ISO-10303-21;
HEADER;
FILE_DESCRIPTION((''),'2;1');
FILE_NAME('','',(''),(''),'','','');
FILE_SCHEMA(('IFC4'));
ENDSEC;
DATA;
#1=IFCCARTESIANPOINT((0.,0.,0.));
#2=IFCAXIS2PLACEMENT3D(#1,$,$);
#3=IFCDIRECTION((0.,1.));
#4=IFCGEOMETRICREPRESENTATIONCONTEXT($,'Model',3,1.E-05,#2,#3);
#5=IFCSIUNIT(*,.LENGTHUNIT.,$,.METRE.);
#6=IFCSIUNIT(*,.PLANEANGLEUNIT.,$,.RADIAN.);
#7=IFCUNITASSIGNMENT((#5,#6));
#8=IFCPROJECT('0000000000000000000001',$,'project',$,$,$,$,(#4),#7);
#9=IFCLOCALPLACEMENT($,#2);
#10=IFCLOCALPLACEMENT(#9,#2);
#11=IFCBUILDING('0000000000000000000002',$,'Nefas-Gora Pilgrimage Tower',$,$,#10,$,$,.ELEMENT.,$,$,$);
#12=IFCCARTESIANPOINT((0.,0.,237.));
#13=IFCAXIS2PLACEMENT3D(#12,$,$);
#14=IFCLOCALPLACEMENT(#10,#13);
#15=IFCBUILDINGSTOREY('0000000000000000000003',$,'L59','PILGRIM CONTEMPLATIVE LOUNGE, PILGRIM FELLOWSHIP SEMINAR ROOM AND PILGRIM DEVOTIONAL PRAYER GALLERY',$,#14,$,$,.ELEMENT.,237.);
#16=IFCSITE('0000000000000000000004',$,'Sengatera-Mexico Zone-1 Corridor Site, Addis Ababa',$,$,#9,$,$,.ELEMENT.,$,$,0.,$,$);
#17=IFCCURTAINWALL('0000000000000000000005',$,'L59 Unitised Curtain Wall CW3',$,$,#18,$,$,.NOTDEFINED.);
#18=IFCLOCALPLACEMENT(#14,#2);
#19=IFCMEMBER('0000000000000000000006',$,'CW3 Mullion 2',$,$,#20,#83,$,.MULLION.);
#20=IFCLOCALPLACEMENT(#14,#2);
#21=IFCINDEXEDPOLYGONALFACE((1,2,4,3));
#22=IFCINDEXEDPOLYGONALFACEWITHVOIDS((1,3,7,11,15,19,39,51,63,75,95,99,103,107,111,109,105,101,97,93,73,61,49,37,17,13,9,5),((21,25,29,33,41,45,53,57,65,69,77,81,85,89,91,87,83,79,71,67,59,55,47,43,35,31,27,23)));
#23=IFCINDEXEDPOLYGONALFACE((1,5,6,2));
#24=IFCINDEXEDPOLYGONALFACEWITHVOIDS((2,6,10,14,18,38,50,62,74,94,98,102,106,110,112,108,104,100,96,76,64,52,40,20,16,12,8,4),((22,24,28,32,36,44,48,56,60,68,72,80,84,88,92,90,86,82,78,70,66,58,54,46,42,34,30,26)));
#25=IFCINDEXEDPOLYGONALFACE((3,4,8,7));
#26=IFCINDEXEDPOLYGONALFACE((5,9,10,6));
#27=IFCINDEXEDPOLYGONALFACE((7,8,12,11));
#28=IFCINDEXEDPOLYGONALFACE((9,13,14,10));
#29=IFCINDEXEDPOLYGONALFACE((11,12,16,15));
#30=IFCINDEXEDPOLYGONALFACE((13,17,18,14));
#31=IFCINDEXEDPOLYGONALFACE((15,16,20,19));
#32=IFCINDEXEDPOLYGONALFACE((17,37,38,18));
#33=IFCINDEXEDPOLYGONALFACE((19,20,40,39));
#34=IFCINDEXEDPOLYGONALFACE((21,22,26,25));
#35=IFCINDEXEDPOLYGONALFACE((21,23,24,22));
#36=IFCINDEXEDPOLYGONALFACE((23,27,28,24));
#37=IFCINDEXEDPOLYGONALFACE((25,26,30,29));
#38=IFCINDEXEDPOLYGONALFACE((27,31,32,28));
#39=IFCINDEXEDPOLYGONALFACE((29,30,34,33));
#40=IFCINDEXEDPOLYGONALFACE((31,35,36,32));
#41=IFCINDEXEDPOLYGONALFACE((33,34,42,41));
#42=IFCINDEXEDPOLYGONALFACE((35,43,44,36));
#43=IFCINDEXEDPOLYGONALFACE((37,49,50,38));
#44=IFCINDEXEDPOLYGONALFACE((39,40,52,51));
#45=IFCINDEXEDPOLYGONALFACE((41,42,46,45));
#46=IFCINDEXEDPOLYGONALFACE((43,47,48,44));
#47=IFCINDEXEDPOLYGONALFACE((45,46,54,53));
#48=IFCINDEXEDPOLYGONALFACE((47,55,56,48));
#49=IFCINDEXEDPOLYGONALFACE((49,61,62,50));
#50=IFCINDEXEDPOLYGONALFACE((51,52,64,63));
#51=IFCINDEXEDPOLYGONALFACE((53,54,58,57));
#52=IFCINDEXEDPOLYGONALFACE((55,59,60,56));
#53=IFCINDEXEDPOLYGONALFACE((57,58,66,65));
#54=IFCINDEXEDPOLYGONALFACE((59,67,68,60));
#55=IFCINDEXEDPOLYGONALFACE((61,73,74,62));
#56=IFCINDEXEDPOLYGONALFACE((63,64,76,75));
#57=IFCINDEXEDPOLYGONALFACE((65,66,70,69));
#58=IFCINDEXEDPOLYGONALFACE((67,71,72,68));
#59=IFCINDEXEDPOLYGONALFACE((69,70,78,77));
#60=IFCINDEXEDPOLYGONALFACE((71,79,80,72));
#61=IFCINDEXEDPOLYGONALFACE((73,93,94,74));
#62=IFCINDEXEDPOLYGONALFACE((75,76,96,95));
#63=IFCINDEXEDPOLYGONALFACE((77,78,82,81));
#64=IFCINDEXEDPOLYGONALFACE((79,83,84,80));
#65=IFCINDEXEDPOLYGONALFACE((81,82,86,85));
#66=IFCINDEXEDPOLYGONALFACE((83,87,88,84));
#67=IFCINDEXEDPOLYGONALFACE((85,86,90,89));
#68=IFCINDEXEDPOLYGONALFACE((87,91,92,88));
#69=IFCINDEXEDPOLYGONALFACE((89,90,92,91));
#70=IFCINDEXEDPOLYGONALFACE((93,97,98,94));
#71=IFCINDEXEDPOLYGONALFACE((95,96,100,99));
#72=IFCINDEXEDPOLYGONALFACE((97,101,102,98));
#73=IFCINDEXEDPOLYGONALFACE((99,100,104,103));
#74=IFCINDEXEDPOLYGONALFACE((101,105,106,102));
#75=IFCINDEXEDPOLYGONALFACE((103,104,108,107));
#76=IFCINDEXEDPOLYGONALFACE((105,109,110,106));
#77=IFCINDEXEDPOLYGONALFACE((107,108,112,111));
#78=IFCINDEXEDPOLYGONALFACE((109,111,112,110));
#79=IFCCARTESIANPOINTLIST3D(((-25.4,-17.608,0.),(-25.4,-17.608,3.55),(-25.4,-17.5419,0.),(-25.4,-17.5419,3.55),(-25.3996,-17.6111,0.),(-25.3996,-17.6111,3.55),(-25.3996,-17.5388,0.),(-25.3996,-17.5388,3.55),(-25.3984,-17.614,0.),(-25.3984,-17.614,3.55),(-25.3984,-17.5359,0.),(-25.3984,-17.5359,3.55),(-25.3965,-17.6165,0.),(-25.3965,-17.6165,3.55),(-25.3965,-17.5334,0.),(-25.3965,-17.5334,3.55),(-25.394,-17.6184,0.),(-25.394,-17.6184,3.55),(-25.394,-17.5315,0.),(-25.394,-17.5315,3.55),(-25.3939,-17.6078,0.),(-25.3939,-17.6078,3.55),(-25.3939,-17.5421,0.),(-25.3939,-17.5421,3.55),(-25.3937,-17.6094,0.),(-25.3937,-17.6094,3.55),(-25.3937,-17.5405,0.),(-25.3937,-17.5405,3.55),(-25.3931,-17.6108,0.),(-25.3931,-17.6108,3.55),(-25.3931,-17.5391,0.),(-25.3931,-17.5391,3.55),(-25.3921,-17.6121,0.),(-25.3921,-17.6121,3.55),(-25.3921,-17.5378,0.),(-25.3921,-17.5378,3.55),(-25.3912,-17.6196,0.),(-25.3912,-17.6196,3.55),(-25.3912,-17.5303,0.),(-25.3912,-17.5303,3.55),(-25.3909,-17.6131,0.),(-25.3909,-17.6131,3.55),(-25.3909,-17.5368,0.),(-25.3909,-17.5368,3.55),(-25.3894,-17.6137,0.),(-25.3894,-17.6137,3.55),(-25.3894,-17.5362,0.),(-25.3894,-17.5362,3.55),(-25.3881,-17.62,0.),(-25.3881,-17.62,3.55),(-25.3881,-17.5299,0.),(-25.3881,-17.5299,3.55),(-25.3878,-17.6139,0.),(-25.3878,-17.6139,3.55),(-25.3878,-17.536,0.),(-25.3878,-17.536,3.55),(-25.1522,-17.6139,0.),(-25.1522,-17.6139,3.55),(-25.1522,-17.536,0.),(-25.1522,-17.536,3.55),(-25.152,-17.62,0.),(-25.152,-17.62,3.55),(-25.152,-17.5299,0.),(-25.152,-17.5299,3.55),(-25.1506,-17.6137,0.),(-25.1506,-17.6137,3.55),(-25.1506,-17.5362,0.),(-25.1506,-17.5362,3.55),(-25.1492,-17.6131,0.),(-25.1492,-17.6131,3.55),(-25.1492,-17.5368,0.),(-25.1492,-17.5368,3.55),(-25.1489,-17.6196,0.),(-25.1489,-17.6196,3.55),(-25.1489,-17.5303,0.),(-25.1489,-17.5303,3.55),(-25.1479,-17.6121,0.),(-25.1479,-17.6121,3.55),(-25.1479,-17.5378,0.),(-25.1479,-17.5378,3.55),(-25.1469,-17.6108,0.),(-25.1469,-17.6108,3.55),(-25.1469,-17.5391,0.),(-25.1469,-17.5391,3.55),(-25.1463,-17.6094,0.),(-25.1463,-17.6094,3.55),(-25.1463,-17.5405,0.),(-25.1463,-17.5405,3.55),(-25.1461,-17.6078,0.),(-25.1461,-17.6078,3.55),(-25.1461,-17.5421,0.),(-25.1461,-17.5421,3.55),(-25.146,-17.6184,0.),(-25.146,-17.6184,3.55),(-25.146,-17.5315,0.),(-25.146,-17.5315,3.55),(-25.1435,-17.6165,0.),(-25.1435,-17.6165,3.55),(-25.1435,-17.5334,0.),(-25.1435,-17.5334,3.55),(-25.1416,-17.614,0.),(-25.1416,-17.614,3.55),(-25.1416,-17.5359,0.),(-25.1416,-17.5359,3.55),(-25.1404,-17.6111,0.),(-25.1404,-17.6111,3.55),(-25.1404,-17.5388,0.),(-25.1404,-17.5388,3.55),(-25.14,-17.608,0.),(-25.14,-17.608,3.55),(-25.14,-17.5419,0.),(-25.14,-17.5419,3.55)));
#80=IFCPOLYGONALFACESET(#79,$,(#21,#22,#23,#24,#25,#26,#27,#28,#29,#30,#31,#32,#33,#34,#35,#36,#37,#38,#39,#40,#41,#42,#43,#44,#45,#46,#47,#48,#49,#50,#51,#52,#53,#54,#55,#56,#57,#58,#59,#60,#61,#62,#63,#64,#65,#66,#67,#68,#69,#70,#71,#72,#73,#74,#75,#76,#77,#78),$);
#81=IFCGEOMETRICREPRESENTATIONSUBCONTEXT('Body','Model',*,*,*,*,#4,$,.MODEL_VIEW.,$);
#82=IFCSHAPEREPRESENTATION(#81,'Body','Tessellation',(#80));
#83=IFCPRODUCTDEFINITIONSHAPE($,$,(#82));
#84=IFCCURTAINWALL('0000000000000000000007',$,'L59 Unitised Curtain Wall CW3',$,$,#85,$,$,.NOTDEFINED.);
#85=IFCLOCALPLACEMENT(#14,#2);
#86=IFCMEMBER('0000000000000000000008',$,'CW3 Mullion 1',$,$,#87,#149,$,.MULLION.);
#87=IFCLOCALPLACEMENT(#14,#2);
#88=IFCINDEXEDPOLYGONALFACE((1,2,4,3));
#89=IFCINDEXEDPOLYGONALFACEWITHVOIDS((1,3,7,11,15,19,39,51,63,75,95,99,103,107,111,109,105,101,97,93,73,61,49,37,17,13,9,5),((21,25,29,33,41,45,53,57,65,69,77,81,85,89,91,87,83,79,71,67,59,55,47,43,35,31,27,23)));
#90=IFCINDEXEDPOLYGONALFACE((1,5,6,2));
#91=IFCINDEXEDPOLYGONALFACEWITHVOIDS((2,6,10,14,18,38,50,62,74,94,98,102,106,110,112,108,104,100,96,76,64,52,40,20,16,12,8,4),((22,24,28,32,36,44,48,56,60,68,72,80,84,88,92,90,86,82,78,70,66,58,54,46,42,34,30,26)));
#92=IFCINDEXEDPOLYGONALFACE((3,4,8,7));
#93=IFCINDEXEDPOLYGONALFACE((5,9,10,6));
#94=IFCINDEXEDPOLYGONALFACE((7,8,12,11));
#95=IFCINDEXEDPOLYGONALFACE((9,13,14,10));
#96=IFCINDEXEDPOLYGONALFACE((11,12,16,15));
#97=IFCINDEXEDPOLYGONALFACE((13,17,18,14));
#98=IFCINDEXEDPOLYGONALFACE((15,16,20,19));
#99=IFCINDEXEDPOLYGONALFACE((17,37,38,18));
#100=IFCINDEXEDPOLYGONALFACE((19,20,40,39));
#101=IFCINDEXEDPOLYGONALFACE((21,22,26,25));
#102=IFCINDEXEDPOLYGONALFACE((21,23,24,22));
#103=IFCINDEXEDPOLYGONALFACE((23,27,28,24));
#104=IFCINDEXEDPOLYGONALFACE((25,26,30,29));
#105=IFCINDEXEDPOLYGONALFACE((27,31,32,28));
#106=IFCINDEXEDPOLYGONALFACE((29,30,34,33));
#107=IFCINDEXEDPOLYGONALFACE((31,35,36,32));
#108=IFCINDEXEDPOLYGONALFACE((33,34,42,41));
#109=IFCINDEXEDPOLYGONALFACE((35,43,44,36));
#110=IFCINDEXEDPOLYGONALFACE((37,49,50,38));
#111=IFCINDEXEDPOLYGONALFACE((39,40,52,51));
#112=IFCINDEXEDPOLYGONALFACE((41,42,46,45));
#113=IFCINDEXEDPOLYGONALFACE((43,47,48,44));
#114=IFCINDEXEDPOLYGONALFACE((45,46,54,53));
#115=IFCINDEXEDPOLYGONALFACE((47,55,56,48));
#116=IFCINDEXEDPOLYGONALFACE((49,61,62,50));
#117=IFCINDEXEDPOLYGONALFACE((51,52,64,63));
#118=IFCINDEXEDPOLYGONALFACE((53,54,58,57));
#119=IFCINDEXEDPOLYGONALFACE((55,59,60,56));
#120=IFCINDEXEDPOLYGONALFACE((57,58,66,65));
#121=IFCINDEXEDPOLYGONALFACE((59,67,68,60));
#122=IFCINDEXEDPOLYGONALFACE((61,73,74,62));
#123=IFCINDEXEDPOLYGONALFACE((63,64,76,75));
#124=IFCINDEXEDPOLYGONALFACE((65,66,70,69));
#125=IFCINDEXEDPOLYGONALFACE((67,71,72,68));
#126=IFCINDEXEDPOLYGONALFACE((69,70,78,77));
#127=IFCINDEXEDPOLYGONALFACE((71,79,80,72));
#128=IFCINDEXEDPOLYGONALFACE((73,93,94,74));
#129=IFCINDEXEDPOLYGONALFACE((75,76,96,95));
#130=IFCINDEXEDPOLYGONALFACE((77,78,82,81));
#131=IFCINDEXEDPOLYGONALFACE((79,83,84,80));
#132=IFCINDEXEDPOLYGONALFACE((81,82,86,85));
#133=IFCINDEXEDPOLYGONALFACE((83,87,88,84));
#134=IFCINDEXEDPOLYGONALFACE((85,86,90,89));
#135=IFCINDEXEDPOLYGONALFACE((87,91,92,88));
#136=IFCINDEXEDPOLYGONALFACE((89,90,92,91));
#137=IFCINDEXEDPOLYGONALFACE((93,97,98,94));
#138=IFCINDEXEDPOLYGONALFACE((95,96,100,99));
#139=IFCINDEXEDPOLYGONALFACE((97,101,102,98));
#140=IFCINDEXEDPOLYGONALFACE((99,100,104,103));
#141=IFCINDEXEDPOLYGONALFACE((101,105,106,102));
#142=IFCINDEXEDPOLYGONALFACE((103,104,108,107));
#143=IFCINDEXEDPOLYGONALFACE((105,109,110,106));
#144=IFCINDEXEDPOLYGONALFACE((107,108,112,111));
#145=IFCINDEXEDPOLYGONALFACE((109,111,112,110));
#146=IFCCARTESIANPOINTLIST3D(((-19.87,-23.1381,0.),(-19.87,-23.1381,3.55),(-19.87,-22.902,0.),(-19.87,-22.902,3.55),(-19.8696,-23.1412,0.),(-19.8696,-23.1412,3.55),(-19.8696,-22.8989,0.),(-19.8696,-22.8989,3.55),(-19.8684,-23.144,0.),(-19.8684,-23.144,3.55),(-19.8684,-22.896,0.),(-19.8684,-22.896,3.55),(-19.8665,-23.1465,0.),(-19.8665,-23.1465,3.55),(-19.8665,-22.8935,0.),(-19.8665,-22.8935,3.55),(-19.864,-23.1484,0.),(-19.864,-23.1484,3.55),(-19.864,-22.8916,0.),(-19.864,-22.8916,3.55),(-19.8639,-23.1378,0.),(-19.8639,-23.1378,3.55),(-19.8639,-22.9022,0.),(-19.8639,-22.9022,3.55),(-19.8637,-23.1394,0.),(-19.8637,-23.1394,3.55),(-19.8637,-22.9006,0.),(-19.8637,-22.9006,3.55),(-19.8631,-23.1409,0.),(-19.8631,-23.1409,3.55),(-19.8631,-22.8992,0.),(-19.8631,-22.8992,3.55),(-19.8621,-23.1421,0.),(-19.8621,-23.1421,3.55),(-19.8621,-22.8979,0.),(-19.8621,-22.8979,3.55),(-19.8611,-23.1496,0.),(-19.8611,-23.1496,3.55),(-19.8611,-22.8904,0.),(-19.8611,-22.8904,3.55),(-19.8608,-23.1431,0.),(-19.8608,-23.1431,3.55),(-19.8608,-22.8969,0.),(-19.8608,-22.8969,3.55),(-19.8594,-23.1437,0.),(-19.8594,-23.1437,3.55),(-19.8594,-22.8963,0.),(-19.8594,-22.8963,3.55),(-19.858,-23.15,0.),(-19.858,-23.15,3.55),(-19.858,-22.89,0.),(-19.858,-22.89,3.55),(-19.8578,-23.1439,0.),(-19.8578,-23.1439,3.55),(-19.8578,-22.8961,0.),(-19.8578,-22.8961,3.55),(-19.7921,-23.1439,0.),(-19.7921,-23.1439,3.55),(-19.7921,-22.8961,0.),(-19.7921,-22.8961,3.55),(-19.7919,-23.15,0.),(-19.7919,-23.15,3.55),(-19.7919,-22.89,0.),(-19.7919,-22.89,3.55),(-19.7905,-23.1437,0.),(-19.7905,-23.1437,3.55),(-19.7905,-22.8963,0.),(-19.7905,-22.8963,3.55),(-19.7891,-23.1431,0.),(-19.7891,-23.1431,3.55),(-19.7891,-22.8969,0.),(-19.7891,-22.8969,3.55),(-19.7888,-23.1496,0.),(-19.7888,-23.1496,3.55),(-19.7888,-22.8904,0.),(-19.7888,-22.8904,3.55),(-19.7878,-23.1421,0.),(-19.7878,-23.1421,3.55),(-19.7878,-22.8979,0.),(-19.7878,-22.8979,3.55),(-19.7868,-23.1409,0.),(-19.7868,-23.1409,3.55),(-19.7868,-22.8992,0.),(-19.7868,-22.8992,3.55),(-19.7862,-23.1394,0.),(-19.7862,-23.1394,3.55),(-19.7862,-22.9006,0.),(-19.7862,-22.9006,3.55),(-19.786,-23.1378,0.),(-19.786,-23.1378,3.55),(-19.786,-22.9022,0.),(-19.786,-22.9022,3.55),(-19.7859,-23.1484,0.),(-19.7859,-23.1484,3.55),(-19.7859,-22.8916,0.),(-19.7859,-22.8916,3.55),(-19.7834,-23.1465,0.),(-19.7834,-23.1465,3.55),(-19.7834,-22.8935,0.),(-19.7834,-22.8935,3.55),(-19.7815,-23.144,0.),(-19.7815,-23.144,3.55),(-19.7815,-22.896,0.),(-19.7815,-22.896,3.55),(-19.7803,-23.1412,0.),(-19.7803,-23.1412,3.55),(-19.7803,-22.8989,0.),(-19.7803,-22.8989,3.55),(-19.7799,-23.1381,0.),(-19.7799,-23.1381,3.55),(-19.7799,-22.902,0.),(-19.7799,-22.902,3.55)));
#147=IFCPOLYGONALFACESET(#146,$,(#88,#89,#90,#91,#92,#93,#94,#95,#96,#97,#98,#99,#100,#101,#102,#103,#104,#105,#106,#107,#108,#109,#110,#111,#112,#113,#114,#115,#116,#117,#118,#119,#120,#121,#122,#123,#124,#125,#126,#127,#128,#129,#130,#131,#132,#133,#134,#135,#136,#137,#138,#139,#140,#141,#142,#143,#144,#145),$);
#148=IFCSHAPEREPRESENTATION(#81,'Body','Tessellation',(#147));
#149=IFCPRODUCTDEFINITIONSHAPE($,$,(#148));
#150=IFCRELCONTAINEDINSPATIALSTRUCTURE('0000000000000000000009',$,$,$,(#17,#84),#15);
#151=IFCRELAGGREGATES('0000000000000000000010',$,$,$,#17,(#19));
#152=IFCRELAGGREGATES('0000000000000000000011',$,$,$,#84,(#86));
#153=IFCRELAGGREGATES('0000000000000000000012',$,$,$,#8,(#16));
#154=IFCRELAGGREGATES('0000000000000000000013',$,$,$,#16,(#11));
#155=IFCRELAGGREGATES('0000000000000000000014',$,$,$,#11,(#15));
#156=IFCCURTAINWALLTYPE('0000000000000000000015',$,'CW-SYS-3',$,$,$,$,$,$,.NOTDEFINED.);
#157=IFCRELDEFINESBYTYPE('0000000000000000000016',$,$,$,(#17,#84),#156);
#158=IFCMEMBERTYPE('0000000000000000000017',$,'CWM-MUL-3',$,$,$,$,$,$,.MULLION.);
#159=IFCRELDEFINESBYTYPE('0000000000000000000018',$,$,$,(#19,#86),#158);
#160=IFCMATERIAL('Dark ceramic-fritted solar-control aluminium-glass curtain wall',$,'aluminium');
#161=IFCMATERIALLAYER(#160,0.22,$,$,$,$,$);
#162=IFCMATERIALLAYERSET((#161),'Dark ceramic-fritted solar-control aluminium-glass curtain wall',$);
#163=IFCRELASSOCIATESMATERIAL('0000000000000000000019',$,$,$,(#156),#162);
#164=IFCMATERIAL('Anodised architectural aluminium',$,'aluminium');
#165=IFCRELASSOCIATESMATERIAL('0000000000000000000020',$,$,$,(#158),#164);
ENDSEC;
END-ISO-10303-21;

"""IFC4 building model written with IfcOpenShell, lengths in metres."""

from ifc_helpers import new_model, si_unit, direction, frame, origin, origin_2d, place, context, subcontext, project, spatial, hollow_rectangle, extrude, source, transform, mapped, material, layer, layer_set, material_profile, profile_set, type_object, element, aggregate, save


model = new_model("IFC4")

# Units and contexts
model_context = context("Model", 3, precision=1e-05, world=origin(), true_north=direction((0.0, 1.0)))
body_context = subcontext(model_context, "Body", "Model", "MODEL_VIEW")
ifc_project = project(units=[si_unit("LENGTHUNIT", "METRE"), si_unit("PLANEANGLEUNIT", "RADIAN")], contexts=[model_context])

# Site, building, storey
site_placement = place(None, origin())
site = spatial("IfcSite", under=ifc_project, at=site_placement, Name="Sengatera-Mexico Zone-1 Corridor Site, Addis Ababa", CompositionType="ELEMENT", RefElevation=0.0)
building_placement = place(site_placement, origin())
building = spatial("IfcBuilding", under=site, at=building_placement, Name="Nefas-Gora Pilgrimage Tower", CompositionType="ELEMENT")
storey_placement = place(building_placement, frame((0.0, 0.0, 237.0)))
storey = spatial("IfcBuildingStorey", under=building, at=storey_placement, Name="L59", Description="PILGRIM CONTEMPLATIVE LOUNGE, PILGRIM FELLOWSHIP SEMINAR ROOM AND PILGRIM DEVOTIONAL PRAYER GALLERY", CompositionType="ELEMENT", Elevation=237.0)

# Shared definitions
ifc_material_1 = material(Name="Dark ceramic-fritted solar-control aluminium-glass curtain wall", Category="aluminium")
ifc_material_2 = material(Name="Anodised architectural aluminium", Category="aluminium")

# Curtain wall, member
ifc_layer_1 = layer(ifc_material_1, 0.22)
ifc_layer_set_1 = layer_set([ifc_layer_1], Name="Dark ceramic-fritted solar-control aluminium-glass curtain wall")
curtain_wall_type_1 = type_object("IfcCurtainWallType", Name="CW-SYS-3", PredefinedType="NOTDEFINED", material=ifc_layer_set_1)
curtain_wall_1_placement = place(storey_placement, origin())
curtain_wall_1 = element("IfcCurtainWall", 1, at=curtain_wall_1_placement, inside=storey, type_object=curtain_wall_type_1, Name="L59 Unitised Curtain Wall CW3", PredefinedType="NOTDEFINED")
ifc_material_profile_1 = material_profile(ifc_material_2, hollow_rectangle(XDim=0.0901, YDim=0.26, WallThickness=0.0061, InnerFilletRadius=0.0061, OuterFilletRadius=0.012, at=origin_2d()), Name="ALU MULLION 90x260")
ifc_profile_set_1 = profile_set([ifc_material_profile_1], Name="Anodised architectural aluminium")
member_type_1 = type_object("IfcMemberType", Name="CWM-MUL-3", PredefinedType="MULLION", material=ifc_profile_set_1)
shared_shape_1 = source(origin(), body_context, "Body", "SweptSolid", [
    extrude(hollow_rectangle(XDim=0.0901, YDim=0.26, WallThickness=0.0061, InnerFilletRadius=0.0061, OuterFilletRadius=0.012, at=origin_2d()), origin(), (0.0, 0.0, 1.0), 3.55),
])
member_1_placement = place(storey_placement, frame((-25.27, -17.575, 0.0), z_axis=(0.0, 0.0, 1.0), x_axis=(0.0, -1.0, 0.0)))
member_1 = element("IfcMember", 2, at=member_1_placement, type_object=member_type_1, Name="CW3 Mullion 2", PredefinedType="MULLION", context=body_context, shape_type="MappedRepresentation", body=[
    mapped(shared_shape_1, transform((0.0, 0.0, 0.0), x_axis=(1.0, 0.0, 0.0), y_axis=(0.0, 1.0, 0.0), z_axis=(0.0, 0.0, 1.0), scale=1.0)),
])
aggregate(curtain_wall_1, [member_1])

# Curtain wall, member
curtain_wall_2_placement = place(storey_placement, origin())
curtain_wall_2 = element("IfcCurtainWall", 3, at=curtain_wall_2_placement, inside=storey, type_object=curtain_wall_type_1, Name="L59 Unitised Curtain Wall CW3", PredefinedType="NOTDEFINED")
member_2_placement = place(storey_placement, frame((-19.825, -23.02, 0.0), z_axis=(0.0, 0.0, 1.0), x_axis=(1.0, 0.0, 0.0)))
member_2 = element("IfcMember", 4, at=member_2_placement, type_object=member_type_1, Name="CW3 Mullion 1", PredefinedType="MULLION", context=body_context, shape_type="MappedRepresentation", body=[
    mapped(shared_shape_1, transform((0.0, 0.0, 0.0), x_axis=(1.0, 0.0, 0.0), y_axis=(0.0, 1.0, 0.0), z_axis=(0.0, 0.0, 1.0), scale=1.0)),
])

aggregate(curtain_wall_2, [member_2])

save(model, "model.ifc")
